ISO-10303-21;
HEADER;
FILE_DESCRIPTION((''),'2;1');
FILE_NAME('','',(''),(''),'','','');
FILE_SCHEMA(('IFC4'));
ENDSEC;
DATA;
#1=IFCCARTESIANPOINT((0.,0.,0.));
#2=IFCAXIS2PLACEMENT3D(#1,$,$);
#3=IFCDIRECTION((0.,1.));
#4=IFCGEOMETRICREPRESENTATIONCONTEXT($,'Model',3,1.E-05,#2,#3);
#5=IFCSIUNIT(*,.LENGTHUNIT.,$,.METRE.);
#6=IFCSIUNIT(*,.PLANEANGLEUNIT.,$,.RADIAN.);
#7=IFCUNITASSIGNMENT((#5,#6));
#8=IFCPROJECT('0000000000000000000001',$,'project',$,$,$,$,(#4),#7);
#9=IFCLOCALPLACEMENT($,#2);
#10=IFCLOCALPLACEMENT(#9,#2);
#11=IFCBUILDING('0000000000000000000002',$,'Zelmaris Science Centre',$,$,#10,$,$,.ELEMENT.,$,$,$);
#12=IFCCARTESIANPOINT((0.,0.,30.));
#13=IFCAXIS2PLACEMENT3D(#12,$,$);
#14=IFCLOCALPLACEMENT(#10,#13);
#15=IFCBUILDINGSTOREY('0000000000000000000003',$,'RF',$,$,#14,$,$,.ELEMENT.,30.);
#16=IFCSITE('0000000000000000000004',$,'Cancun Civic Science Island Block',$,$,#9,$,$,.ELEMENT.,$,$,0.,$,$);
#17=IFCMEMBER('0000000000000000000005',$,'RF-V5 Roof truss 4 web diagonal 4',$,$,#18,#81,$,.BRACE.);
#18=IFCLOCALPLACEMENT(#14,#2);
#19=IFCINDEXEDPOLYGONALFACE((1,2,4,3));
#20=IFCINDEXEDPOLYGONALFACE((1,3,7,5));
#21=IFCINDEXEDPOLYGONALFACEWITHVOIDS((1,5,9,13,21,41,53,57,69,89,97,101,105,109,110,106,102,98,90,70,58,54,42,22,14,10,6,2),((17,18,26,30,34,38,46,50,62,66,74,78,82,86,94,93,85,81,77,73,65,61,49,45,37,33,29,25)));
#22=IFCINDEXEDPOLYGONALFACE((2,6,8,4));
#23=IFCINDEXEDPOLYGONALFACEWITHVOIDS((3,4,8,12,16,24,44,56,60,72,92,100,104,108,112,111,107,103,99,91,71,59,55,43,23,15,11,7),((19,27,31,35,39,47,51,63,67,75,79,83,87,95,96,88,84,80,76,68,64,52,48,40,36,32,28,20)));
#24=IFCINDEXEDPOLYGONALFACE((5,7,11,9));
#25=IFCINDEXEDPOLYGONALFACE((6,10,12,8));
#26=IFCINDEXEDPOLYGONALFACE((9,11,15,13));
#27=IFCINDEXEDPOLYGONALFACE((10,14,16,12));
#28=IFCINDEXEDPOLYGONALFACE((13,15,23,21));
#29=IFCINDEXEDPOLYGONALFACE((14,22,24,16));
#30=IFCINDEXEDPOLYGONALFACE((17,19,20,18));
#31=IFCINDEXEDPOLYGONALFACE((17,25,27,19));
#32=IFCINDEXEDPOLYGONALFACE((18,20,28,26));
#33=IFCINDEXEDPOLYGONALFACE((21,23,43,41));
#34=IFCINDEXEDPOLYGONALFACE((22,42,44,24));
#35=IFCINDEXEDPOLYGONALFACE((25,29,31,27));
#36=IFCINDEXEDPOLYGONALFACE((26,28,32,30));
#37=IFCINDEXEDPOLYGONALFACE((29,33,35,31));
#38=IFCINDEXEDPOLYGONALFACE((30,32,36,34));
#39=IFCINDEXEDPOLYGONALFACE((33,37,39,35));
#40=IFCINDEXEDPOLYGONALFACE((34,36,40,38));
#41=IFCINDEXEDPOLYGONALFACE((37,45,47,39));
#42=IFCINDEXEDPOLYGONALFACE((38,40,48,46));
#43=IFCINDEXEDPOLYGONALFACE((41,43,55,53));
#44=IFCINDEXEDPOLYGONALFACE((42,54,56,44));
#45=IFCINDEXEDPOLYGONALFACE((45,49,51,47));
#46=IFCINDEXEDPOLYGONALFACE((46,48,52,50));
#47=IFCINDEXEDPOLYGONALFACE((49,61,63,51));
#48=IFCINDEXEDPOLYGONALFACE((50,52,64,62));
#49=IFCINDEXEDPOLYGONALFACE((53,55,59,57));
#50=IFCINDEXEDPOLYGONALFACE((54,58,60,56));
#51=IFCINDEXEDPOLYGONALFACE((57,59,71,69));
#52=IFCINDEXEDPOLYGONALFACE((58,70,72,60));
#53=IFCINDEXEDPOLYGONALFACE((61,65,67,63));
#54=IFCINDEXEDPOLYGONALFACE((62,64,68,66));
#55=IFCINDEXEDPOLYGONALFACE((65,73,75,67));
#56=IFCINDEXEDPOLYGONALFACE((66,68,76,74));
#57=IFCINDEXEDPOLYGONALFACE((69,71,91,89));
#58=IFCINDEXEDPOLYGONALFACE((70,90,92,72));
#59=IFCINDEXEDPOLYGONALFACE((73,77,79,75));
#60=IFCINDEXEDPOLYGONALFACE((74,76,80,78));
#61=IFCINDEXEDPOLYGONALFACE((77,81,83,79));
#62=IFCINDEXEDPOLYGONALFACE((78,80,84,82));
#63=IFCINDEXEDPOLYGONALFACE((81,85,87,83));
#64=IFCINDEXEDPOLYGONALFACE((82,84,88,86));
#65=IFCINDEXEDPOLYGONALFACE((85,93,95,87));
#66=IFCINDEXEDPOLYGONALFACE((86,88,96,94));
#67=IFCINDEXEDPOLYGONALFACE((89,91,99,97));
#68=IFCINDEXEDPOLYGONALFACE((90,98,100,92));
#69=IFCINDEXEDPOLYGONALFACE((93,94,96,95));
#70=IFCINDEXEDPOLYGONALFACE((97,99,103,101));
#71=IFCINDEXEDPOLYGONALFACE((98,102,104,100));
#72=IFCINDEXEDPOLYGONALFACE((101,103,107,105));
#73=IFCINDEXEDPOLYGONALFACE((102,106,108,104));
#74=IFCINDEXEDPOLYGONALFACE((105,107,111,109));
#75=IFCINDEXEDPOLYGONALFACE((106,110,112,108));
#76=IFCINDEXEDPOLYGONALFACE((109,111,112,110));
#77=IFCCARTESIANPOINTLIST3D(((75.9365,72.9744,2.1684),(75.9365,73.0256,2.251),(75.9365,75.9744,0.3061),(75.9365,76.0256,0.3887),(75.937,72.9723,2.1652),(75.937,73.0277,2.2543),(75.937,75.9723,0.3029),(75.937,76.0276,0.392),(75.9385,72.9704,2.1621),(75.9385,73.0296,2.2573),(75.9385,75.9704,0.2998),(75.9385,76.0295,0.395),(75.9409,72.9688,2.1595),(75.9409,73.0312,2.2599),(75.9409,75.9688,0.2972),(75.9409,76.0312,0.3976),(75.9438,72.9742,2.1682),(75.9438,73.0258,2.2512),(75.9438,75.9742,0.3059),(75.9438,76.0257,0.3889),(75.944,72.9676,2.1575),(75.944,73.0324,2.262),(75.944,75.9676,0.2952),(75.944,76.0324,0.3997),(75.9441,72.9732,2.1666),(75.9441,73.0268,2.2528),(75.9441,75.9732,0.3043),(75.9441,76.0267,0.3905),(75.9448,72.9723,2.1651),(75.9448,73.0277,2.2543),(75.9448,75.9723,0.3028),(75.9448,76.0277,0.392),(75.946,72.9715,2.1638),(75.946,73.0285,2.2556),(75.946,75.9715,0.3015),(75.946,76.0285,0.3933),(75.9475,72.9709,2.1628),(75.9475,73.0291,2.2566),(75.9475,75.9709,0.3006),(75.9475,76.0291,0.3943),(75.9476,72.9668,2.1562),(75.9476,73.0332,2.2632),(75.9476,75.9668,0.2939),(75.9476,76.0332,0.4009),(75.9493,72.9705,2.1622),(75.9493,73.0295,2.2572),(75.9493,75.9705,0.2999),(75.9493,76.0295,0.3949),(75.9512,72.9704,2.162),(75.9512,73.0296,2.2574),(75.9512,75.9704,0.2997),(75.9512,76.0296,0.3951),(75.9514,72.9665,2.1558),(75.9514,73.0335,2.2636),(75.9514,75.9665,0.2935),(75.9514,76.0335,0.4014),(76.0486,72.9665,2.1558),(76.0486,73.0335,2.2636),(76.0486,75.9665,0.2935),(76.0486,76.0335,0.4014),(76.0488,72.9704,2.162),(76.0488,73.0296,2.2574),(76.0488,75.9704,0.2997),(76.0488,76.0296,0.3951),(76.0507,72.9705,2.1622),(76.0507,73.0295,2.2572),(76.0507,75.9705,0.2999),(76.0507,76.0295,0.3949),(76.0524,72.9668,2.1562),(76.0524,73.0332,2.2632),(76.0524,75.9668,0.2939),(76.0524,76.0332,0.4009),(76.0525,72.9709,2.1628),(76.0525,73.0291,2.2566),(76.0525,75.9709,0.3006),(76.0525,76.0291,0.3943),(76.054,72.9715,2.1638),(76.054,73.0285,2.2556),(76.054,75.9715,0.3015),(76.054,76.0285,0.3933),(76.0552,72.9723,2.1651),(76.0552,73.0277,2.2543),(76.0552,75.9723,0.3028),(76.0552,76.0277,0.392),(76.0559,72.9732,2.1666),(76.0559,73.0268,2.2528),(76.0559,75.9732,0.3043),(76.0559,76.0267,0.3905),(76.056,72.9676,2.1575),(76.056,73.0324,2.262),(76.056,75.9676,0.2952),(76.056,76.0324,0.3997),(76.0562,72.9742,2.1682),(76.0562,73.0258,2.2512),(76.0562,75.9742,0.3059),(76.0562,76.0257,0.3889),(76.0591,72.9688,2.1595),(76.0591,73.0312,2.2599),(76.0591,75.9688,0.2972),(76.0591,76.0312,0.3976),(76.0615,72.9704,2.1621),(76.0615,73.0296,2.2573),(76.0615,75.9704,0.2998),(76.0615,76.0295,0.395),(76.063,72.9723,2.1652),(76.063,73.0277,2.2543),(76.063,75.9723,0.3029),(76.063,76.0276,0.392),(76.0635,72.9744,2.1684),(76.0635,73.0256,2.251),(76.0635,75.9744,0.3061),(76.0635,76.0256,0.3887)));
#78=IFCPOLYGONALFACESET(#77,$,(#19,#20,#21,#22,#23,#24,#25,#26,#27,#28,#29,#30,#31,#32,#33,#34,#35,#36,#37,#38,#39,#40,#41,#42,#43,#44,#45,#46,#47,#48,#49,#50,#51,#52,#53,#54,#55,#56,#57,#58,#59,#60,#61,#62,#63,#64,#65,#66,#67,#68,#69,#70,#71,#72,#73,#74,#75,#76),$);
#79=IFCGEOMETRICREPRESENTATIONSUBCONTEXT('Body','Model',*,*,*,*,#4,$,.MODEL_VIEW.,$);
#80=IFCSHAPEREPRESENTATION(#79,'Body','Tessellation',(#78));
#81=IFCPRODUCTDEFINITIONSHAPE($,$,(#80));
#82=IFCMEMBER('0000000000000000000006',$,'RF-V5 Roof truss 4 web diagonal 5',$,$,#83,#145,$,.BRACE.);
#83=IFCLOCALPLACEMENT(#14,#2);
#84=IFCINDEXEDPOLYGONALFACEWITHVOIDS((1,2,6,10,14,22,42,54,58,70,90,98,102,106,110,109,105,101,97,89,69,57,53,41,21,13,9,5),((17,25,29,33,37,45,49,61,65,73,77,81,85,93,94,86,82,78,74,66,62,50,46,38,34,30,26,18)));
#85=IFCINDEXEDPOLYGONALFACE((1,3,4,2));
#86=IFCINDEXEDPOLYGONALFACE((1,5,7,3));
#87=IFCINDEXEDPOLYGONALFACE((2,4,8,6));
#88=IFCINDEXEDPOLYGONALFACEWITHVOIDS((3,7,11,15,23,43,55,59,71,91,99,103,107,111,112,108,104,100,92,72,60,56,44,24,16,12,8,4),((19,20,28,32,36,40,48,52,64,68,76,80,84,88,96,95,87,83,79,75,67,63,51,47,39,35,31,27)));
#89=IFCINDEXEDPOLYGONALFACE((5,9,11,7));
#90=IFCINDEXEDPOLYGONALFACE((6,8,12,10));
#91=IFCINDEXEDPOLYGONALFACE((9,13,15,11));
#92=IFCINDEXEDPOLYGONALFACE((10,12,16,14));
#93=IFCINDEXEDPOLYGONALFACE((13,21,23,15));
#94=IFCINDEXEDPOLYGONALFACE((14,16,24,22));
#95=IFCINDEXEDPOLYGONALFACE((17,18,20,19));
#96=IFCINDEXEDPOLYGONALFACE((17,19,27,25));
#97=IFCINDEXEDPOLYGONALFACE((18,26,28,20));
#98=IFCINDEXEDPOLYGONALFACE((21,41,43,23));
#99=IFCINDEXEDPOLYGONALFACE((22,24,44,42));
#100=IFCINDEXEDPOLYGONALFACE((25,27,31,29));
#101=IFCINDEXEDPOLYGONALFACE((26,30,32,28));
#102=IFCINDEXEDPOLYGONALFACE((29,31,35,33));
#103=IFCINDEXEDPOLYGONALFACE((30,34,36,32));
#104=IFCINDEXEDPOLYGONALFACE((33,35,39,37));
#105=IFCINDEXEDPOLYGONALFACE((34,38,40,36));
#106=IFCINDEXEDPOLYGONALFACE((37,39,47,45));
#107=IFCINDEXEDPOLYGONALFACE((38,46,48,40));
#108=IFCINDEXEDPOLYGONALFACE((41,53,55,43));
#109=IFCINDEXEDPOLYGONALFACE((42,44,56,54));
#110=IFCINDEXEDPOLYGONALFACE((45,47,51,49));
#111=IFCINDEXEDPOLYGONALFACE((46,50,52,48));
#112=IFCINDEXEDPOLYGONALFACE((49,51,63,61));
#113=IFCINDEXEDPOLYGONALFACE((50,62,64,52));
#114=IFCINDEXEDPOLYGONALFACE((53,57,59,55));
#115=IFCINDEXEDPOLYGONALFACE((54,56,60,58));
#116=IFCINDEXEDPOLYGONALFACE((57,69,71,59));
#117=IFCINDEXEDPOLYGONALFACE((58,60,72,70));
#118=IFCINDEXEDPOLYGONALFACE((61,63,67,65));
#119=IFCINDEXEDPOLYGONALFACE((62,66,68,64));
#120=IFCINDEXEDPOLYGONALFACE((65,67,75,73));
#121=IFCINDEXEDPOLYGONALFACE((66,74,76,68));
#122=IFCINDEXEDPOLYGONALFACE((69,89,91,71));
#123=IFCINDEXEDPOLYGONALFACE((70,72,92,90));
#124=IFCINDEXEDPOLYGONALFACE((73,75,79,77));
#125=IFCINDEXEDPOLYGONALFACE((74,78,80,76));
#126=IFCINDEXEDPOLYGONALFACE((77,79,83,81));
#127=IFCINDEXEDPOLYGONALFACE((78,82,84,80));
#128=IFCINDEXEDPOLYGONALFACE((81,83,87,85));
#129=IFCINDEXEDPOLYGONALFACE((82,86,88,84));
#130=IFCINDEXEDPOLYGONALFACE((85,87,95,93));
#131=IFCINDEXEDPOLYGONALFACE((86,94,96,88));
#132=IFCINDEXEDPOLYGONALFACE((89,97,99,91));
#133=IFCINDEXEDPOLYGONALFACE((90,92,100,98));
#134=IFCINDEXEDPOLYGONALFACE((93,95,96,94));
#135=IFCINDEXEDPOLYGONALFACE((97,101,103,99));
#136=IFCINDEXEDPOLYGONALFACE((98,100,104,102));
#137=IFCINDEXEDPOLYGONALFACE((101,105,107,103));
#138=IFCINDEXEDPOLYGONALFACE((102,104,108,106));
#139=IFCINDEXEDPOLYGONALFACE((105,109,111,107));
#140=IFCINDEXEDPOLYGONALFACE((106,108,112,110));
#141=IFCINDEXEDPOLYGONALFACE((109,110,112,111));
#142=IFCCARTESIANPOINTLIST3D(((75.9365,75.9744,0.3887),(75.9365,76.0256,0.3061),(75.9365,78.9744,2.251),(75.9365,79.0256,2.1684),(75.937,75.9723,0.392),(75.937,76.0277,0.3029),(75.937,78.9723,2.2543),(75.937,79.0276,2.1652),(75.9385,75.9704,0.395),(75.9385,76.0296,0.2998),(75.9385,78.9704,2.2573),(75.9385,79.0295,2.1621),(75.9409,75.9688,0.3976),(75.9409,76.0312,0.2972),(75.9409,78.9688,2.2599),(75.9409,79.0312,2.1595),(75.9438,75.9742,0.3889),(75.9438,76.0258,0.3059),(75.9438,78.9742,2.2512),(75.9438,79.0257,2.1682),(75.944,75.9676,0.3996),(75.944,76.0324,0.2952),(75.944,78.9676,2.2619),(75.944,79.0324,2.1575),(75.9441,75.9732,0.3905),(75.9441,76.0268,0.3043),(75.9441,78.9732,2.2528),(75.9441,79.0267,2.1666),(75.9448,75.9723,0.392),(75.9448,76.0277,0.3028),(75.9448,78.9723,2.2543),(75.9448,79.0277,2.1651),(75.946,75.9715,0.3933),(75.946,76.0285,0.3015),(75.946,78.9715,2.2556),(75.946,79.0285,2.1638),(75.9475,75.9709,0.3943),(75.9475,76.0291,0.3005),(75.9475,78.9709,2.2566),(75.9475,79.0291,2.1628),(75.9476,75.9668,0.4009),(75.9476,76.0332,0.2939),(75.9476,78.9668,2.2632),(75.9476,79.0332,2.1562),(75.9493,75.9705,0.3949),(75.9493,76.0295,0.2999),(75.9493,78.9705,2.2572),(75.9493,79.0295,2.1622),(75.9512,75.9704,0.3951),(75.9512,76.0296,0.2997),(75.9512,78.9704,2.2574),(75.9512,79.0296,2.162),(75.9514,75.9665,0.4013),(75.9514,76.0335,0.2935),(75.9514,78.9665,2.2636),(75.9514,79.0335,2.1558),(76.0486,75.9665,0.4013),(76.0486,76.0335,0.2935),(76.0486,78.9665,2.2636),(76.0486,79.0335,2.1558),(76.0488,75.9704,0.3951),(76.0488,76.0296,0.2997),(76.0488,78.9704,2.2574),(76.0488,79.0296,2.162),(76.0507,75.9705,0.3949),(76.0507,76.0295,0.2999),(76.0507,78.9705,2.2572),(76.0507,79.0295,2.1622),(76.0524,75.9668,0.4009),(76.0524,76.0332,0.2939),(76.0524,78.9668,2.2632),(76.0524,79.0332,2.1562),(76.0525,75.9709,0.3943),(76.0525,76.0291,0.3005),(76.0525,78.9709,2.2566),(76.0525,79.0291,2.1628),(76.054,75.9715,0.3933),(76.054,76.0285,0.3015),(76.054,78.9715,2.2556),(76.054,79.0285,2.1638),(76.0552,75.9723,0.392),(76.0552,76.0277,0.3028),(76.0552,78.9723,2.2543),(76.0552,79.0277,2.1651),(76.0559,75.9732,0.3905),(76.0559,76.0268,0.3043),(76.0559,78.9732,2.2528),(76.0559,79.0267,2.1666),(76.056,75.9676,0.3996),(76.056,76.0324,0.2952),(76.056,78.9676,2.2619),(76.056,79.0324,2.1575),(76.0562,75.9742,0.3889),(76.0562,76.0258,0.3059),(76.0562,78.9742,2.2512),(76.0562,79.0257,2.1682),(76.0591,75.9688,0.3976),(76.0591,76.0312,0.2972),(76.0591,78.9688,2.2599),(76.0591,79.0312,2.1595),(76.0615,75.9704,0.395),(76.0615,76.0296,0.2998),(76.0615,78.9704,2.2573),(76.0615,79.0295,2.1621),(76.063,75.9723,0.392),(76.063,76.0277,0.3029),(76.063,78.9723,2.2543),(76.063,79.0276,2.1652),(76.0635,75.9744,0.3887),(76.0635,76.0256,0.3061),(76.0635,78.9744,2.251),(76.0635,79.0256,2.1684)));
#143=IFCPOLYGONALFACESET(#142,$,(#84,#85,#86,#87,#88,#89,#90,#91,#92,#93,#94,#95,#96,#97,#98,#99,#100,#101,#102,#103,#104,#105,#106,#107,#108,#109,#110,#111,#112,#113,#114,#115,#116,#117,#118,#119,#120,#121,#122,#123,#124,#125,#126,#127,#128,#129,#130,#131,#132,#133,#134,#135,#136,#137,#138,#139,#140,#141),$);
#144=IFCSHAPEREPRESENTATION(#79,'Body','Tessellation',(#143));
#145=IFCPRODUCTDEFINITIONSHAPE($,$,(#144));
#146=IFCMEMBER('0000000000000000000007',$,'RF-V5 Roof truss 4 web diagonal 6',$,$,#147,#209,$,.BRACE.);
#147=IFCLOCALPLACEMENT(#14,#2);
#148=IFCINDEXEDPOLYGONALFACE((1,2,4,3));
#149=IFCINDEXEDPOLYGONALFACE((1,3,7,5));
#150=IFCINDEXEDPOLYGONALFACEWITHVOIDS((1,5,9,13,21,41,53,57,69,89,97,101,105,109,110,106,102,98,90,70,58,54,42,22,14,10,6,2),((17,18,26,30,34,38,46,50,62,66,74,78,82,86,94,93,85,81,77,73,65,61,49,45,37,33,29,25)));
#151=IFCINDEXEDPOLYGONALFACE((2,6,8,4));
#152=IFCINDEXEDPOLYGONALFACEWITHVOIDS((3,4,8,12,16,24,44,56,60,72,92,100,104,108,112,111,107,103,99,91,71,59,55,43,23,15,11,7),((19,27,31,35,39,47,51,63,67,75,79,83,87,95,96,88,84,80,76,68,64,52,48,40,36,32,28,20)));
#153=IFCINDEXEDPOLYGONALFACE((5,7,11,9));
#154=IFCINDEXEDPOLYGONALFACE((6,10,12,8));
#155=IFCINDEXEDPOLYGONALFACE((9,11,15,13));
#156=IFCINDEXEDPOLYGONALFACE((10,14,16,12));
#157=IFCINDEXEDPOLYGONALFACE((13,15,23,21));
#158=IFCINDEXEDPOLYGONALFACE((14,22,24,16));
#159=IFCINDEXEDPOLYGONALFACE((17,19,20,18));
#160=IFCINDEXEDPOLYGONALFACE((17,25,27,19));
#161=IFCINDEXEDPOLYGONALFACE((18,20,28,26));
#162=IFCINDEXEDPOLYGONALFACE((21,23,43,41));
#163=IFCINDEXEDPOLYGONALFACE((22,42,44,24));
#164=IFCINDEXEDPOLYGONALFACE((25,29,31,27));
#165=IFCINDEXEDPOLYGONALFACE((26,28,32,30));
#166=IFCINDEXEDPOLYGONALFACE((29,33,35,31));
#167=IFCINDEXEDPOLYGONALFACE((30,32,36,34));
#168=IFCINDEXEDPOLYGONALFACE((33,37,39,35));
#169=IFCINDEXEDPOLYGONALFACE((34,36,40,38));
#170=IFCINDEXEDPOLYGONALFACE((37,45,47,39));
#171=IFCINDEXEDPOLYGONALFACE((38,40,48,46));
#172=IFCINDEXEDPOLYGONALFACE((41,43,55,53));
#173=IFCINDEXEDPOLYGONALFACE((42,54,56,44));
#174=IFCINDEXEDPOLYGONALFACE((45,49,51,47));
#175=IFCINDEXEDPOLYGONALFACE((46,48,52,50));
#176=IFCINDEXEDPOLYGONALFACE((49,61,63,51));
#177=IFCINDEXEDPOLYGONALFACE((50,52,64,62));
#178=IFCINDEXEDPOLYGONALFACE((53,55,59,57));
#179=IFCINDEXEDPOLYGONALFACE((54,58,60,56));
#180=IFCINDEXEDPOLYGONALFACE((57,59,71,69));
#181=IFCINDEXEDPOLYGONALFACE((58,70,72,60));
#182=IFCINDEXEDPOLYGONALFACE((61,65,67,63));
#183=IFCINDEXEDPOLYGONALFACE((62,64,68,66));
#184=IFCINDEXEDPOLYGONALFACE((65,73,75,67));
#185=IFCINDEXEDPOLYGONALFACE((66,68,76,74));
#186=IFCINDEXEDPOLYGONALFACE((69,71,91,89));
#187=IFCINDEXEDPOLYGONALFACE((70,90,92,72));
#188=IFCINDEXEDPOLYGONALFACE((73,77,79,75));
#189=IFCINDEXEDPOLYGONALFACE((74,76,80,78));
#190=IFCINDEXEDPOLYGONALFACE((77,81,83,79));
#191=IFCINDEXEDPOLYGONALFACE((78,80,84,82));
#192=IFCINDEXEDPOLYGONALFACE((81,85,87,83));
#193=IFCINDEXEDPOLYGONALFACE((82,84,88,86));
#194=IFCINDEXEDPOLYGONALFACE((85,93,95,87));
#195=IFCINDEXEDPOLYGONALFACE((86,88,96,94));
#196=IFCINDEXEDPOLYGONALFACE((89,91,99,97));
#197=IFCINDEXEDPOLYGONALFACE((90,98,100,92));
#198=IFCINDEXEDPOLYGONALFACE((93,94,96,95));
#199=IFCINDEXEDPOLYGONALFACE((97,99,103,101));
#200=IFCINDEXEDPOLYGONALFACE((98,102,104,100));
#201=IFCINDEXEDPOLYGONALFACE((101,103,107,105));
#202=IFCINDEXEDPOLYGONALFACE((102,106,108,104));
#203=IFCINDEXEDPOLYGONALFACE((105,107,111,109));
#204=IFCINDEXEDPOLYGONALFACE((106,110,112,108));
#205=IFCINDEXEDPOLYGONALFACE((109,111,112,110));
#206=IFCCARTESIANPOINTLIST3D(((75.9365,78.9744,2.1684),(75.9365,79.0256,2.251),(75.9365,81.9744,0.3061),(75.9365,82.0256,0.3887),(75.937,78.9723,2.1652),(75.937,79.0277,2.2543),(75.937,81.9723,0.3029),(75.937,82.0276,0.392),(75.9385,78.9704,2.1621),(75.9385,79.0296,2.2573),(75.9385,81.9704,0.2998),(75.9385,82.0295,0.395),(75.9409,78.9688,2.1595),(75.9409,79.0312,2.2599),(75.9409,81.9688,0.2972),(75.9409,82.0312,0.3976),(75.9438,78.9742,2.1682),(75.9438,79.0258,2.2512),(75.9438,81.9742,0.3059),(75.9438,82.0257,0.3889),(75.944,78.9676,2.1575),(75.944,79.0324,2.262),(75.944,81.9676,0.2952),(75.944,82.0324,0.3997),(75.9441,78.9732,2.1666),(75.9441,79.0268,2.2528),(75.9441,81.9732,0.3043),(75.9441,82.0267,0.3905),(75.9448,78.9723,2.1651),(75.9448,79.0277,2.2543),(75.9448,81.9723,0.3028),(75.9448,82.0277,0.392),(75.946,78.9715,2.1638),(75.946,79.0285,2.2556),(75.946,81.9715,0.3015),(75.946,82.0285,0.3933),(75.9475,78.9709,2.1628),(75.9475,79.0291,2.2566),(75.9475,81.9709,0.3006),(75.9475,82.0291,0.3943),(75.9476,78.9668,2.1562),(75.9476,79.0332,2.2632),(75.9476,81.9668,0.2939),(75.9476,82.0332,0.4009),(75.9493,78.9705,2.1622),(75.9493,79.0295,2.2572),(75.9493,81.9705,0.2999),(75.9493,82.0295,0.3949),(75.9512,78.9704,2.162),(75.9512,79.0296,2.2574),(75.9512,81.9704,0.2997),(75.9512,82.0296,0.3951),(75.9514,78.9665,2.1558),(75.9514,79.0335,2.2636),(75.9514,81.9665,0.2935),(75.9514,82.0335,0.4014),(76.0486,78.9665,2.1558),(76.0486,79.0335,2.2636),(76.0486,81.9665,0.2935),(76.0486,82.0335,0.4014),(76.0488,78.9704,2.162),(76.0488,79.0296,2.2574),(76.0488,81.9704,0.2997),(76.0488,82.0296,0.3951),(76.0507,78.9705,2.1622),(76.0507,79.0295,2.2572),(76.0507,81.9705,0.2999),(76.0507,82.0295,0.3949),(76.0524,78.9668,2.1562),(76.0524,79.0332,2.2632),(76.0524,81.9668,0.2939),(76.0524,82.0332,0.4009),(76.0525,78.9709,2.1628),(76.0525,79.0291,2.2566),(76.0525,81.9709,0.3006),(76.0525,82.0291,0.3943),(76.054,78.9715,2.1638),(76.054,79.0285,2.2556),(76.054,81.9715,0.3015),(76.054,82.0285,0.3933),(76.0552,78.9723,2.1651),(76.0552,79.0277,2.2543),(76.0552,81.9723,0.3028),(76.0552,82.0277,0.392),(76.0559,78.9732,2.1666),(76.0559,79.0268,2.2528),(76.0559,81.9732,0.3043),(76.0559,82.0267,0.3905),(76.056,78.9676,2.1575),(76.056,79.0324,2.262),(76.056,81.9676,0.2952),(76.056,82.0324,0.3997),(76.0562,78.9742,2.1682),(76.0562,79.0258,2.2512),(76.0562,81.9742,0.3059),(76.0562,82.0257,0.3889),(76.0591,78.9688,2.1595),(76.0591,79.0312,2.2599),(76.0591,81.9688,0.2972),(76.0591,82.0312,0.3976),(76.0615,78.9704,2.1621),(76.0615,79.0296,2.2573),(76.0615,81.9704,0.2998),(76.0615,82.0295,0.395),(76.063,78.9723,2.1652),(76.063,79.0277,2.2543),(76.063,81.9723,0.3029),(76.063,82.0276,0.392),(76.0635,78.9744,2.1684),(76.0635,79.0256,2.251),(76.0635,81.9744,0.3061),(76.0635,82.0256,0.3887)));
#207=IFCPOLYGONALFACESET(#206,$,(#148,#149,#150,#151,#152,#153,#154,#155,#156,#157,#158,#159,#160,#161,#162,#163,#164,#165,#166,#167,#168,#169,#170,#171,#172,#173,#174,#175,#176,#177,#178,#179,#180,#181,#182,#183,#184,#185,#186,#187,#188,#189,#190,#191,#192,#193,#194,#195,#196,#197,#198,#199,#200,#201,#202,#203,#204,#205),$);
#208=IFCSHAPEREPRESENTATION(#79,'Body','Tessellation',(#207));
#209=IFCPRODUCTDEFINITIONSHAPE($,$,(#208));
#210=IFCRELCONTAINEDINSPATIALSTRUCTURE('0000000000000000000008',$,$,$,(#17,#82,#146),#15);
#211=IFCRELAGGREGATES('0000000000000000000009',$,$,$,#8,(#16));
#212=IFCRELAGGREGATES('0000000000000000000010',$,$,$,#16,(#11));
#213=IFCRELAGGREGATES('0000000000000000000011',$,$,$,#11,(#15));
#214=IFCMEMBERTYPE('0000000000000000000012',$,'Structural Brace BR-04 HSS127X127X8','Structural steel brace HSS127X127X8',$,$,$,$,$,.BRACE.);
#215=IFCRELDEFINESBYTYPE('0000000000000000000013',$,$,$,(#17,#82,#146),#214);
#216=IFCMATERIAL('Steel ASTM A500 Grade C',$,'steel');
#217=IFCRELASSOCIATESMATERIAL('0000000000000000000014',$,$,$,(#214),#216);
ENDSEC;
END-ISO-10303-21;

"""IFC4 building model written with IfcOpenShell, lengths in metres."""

from ifc_helpers import new_model, si_unit, direction, frame, origin, origin_2d, place, context, subcontext, project, spatial, hollow_rectangle, extrude, material, material_profile, profile_set, type_object, element, save


model = new_model("IFC4")

# Units and contexts
model_context = context("Model", 3, precision=1e-05, world=origin(), true_north=direction((0.0, 1.0)))
body_context = subcontext(model_context, "Body", "Model", "MODEL_VIEW")
ifc_project = project(units=[si_unit("LENGTHUNIT", "METRE"), si_unit("PLANEANGLEUNIT", "RADIAN")], contexts=[model_context])

# Site, building, storey
site_placement = place(None, origin())
site = spatial("IfcSite", under=ifc_project, at=site_placement, Name="Cancun Civic Science Island Block", CompositionType="ELEMENT", RefElevation=0.0)
building_placement = place(site_placement, origin())
building = spatial("IfcBuilding", under=site, at=building_placement, Name="Zelmaris Science Centre", CompositionType="ELEMENT")
storey_placement = place(building_placement, frame((0.0, 0.0, 30.0)))
storey = spatial("IfcBuildingStorey", under=building, at=storey_placement, Name="RF", CompositionType="ELEMENT", Elevation=30.0)

# Shared definitions
ifc_material = material(Name="Steel ASTM A500 Grade C", Category="steel")

# Members
ifc_material_profile_1 = material_profile(ifc_material, hollow_rectangle(XDim=0.127, YDim=0.127, WallThickness=0.0073, InnerFilletRadius=0.0073, OuterFilletRadius=0.0149, at=origin_2d()), Name="HSS127X127X8")
ifc_profile_set_1 = profile_set([ifc_material_profile_1], Name="Steel ASTM A500 Grade C")
member_type_1 = type_object("IfcMemberType", Name="Structural Brace BR-04 HSS127X127X8", Description="Structural steel brace HSS127X127X8", PredefinedType="BRACE", material=ifc_profile_set_1)
for number, where, z_axis, x_axis, name in (
    (1, (76.0, 73.0, 2.2097), (0.0, 0.84961, -0.527411), (-1.0, 0.0, 0.0), "RF-V5 Roof truss 4 web diagonal 4"),
    (2, (76.0, 76.0, 0.3474), (0.0, 0.84961, 0.527411), (-1.0, 0.0, 0.0), "RF-V5 Roof truss 4 web diagonal 5"),
    (3, (76.0, 79.0, 2.2097), (0.0, 0.84961, -0.527411), (-1.0, 0.0, 0.0), "RF-V5 Roof truss 4 web diagonal 6"),
):
    element("IfcMember", number, at=place(storey_placement, frame(where, z_axis=z_axis, x_axis=x_axis)), inside=storey, type_object=member_type_1, Name=name, PredefinedType="BRACE", context=body_context, shape_type="SweptSolid", body=[
        extrude(hollow_rectangle(XDim=0.127, YDim=0.127, WallThickness=0.0073, InnerFilletRadius=0.0073, OuterFilletRadius=0.0149, at=origin_2d()), origin(), (0.0, 0.0, 1.0), 3.531),
    ])

save(model, "model.ifc")
